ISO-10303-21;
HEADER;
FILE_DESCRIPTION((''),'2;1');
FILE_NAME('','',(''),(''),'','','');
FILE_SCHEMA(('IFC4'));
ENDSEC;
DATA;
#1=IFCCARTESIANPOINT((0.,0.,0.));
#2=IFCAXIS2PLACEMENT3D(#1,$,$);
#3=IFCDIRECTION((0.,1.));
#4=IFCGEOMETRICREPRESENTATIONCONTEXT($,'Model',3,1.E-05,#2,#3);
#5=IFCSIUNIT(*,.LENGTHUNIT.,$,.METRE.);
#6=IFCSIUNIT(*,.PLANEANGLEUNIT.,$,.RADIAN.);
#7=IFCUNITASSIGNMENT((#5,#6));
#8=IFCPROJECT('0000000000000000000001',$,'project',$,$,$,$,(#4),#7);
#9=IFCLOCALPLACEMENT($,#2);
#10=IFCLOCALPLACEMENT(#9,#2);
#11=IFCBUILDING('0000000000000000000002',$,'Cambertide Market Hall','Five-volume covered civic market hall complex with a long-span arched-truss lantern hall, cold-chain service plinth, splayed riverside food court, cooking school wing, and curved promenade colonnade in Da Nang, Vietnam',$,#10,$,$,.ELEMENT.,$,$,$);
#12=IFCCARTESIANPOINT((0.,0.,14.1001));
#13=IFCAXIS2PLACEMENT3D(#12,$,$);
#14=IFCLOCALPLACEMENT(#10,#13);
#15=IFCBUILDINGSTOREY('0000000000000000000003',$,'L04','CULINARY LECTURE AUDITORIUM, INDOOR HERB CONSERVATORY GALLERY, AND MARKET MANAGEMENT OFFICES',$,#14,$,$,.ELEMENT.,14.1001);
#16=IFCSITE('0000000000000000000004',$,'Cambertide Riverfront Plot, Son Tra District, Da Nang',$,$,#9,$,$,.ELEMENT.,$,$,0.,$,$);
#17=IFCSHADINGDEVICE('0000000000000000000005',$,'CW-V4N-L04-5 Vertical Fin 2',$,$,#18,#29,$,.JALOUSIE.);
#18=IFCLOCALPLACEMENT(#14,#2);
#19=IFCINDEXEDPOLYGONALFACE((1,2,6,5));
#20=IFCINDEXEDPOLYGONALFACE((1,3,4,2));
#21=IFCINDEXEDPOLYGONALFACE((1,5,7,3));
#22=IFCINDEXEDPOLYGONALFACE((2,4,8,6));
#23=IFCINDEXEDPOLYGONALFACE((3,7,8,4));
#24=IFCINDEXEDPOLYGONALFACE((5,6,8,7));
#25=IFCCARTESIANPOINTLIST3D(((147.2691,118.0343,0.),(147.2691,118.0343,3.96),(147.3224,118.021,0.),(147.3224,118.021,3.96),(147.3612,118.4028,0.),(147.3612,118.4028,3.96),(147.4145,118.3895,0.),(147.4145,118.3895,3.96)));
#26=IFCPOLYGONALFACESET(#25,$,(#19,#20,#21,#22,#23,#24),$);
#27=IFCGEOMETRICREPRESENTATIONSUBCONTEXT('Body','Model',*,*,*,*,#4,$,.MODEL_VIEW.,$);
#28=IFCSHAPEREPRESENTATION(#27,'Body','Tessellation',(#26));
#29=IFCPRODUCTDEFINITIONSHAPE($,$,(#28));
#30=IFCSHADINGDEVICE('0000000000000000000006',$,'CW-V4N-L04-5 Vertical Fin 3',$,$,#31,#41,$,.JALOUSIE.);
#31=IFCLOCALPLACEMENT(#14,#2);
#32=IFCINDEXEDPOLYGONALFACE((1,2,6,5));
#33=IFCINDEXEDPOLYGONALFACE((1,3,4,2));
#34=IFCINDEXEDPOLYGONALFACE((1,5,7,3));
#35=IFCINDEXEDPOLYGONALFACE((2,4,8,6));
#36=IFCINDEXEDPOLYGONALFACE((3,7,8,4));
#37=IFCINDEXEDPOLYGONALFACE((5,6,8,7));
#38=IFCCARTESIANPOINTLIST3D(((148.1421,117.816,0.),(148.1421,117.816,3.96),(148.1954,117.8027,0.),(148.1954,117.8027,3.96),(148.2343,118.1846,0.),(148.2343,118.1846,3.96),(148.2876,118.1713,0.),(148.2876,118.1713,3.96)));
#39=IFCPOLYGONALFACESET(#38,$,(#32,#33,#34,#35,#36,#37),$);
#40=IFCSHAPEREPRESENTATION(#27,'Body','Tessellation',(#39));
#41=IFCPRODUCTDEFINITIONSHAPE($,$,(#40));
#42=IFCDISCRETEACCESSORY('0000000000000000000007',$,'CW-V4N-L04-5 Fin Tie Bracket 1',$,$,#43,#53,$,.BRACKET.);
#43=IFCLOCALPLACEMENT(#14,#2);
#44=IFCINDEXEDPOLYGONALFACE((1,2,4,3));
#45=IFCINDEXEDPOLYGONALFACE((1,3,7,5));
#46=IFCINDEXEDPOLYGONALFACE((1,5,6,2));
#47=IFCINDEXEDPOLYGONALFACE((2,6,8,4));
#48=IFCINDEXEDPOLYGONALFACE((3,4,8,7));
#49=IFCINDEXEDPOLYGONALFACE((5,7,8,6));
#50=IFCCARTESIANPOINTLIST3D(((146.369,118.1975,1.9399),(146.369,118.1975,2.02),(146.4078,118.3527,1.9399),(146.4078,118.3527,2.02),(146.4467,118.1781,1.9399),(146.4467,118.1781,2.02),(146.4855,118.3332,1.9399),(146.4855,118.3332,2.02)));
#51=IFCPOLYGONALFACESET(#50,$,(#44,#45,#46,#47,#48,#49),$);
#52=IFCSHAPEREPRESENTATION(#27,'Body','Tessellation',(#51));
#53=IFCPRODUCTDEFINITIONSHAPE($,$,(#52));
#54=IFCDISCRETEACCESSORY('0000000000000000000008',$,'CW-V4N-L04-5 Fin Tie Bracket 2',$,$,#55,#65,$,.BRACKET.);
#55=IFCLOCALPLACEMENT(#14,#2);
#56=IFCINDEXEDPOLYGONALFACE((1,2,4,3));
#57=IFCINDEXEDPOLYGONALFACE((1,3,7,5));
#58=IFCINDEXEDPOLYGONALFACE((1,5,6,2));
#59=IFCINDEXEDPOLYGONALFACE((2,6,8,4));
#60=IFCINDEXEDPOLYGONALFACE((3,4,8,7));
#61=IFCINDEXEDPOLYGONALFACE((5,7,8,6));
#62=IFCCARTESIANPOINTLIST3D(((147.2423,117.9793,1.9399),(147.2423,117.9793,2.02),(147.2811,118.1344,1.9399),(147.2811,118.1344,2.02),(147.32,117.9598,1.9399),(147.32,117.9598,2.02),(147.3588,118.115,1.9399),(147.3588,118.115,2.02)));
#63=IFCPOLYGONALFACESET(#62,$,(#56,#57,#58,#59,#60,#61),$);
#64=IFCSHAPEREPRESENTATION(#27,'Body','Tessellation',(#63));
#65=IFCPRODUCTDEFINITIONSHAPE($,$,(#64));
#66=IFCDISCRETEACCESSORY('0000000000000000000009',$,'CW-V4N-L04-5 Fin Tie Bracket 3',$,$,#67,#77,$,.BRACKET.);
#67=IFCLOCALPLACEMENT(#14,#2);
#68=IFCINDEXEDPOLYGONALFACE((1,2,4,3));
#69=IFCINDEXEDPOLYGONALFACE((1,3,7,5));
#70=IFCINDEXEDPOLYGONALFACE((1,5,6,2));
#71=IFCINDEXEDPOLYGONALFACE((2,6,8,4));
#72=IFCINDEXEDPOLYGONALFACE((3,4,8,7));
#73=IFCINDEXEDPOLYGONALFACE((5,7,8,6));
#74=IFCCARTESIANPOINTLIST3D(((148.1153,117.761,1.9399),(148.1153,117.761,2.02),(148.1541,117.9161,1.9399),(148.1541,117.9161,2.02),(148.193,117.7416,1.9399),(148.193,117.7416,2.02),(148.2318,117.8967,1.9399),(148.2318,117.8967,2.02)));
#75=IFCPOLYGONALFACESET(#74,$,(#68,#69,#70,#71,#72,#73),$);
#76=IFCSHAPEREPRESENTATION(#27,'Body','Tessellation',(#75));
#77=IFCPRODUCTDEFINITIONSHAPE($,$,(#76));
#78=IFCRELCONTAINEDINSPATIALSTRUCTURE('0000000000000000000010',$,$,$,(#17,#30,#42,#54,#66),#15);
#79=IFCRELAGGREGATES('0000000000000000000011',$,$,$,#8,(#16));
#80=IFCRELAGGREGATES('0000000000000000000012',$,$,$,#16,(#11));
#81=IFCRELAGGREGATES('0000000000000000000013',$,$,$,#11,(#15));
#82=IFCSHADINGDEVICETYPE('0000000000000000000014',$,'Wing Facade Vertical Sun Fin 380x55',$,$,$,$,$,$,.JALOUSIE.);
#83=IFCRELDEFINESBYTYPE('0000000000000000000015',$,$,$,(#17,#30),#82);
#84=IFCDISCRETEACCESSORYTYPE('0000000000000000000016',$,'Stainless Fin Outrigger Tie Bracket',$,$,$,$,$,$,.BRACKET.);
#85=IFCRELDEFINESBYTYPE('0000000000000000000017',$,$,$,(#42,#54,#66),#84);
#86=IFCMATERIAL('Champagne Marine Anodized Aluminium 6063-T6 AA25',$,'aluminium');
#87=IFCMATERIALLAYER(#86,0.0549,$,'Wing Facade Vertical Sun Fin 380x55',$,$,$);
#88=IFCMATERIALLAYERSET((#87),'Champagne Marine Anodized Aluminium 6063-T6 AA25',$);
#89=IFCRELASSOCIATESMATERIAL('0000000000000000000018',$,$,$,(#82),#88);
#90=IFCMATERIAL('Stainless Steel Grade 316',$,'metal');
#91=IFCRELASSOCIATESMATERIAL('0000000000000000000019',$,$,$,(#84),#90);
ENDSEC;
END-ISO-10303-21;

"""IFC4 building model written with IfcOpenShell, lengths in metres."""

from ifc_helpers import new_model, si_unit, direction, frame, origin, origin_2d, place, context, subcontext, project, spatial, rectangle, extrude, material, layer, layer_set, type_object, element, save


model = new_model("IFC4")

# Units and contexts
model_context = context("Model", 3, precision=1e-05, world=origin(), true_north=direction((0.0, 1.0)))
body_context = subcontext(model_context, "Body", "Model", "MODEL_VIEW")
ifc_project = project(units=[si_unit("LENGTHUNIT", "METRE"), si_unit("PLANEANGLEUNIT", "RADIAN")], contexts=[model_context])

# Site, building, storey
site_placement = place(None, origin())
site = spatial("IfcSite", under=ifc_project, at=site_placement, Name="Cambertide Riverfront Plot, Son Tra District, Da Nang", CompositionType="ELEMENT", RefElevation=0.0)
building_placement = place(site_placement, origin())
building = spatial("IfcBuilding", under=site, at=building_placement, Name="Cambertide Market Hall", Description="Five-volume covered civic market hall complex with a long-span arched-truss lantern hall, cold-chain service plinth, splayed riverside food court, cooking school wing, and curved promenade colonnade in Da Nang, Vietnam", CompositionType="ELEMENT")
storey_placement = place(building_placement, frame((0.0, 0.0, 14.1001)))
storey = spatial("IfcBuildingStorey", under=building, at=storey_placement, Name="L04", Description="CULINARY LECTURE AUDITORIUM, INDOOR HERB CONSERVATORY GALLERY, AND MARKET MANAGEMENT OFFICES", CompositionType="ELEMENT", Elevation=14.1001)

# Shading devices
ifc_material_1 = material(Name="Champagne Marine Anodized Aluminium 6063-T6 AA25", Category="aluminium")
ifc_layer_1 = layer(ifc_material_1, 0.0549, Name="Wing Facade Vertical Sun Fin 380x55")
ifc_layer_set_1 = layer_set([ifc_layer_1], Name="Champagne Marine Anodized Aluminium 6063-T6 AA25")
shading_device_type = type_object("IfcShadingDeviceType", Name="Wing Facade Vertical Sun Fin 380x55", PredefinedType="JALOUSIE", material=ifc_layer_set_1)
for number, where, z_axis, x_axis, name in (
    (1, (147.3418, 118.2119, 0.0), (0.0, 0.0, 1.0), (0.970143, -0.242536, 0.0), "CW-V4N-L04-5 Vertical Fin 2"),
    (2, (148.2148, 117.9937, 0.0), (0.0, 0.0, 1.0), (0.970143, -0.242536, 0.0), "CW-V4N-L04-5 Vertical Fin 3"),
):
    element("IfcShadingDevice", number, at=place(storey_placement, frame(where, z_axis=z_axis, x_axis=x_axis)), inside=storey, type_object=shading_device_type, Name=name, PredefinedType="JALOUSIE", context=body_context, shape_type="SweptSolid", body=[
        extrude(rectangle(XDim=0.0549, YDim=0.3799, at=origin_2d()), origin(), (0.0, 0.0, 1.0), 3.96),
    ])

# Discrete accessories
ifc_material_2 = material(Name="Stainless Steel Grade 316", Category="metal")
discrete_accessory_type = type_object("IfcDiscreteAccessoryType", Name="Stainless Fin Outrigger Tie Bracket", PredefinedType="BRACKET", material=ifc_material_2)
for number, where, z_axis, x_axis, name in (
    (3, (146.4272, 118.2654, 1.9399), (0.0, 0.0, 1.0), (0.970143, -0.242536, 0.0), "CW-V4N-L04-5 Fin Tie Bracket 1"),
    (4, (147.3005, 118.0471, 1.9399), (0.0, 0.0, 1.0), (0.970143, -0.242536, 0.0), "CW-V4N-L04-5 Fin Tie Bracket 2"),
    (5, (148.1736, 117.8289, 1.9399), (0.0, 0.0, 1.0), (0.970143, -0.242536, 0.0), "CW-V4N-L04-5 Fin Tie Bracket 3"),
):
    element("IfcDiscreteAccessory", number, at=place(storey_placement, frame(where, z_axis=z_axis, x_axis=x_axis)), inside=storey, type_object=discrete_accessory_type, Name=name, PredefinedType="BRACKET", context=body_context, shape_type="SweptSolid", body=[
        extrude(rectangle(XDim=0.0801, YDim=0.1599, at=origin_2d()), origin(), (0.0, 0.0, 1.0), 0.0801),
    ])

save(model, "model.ifc")
